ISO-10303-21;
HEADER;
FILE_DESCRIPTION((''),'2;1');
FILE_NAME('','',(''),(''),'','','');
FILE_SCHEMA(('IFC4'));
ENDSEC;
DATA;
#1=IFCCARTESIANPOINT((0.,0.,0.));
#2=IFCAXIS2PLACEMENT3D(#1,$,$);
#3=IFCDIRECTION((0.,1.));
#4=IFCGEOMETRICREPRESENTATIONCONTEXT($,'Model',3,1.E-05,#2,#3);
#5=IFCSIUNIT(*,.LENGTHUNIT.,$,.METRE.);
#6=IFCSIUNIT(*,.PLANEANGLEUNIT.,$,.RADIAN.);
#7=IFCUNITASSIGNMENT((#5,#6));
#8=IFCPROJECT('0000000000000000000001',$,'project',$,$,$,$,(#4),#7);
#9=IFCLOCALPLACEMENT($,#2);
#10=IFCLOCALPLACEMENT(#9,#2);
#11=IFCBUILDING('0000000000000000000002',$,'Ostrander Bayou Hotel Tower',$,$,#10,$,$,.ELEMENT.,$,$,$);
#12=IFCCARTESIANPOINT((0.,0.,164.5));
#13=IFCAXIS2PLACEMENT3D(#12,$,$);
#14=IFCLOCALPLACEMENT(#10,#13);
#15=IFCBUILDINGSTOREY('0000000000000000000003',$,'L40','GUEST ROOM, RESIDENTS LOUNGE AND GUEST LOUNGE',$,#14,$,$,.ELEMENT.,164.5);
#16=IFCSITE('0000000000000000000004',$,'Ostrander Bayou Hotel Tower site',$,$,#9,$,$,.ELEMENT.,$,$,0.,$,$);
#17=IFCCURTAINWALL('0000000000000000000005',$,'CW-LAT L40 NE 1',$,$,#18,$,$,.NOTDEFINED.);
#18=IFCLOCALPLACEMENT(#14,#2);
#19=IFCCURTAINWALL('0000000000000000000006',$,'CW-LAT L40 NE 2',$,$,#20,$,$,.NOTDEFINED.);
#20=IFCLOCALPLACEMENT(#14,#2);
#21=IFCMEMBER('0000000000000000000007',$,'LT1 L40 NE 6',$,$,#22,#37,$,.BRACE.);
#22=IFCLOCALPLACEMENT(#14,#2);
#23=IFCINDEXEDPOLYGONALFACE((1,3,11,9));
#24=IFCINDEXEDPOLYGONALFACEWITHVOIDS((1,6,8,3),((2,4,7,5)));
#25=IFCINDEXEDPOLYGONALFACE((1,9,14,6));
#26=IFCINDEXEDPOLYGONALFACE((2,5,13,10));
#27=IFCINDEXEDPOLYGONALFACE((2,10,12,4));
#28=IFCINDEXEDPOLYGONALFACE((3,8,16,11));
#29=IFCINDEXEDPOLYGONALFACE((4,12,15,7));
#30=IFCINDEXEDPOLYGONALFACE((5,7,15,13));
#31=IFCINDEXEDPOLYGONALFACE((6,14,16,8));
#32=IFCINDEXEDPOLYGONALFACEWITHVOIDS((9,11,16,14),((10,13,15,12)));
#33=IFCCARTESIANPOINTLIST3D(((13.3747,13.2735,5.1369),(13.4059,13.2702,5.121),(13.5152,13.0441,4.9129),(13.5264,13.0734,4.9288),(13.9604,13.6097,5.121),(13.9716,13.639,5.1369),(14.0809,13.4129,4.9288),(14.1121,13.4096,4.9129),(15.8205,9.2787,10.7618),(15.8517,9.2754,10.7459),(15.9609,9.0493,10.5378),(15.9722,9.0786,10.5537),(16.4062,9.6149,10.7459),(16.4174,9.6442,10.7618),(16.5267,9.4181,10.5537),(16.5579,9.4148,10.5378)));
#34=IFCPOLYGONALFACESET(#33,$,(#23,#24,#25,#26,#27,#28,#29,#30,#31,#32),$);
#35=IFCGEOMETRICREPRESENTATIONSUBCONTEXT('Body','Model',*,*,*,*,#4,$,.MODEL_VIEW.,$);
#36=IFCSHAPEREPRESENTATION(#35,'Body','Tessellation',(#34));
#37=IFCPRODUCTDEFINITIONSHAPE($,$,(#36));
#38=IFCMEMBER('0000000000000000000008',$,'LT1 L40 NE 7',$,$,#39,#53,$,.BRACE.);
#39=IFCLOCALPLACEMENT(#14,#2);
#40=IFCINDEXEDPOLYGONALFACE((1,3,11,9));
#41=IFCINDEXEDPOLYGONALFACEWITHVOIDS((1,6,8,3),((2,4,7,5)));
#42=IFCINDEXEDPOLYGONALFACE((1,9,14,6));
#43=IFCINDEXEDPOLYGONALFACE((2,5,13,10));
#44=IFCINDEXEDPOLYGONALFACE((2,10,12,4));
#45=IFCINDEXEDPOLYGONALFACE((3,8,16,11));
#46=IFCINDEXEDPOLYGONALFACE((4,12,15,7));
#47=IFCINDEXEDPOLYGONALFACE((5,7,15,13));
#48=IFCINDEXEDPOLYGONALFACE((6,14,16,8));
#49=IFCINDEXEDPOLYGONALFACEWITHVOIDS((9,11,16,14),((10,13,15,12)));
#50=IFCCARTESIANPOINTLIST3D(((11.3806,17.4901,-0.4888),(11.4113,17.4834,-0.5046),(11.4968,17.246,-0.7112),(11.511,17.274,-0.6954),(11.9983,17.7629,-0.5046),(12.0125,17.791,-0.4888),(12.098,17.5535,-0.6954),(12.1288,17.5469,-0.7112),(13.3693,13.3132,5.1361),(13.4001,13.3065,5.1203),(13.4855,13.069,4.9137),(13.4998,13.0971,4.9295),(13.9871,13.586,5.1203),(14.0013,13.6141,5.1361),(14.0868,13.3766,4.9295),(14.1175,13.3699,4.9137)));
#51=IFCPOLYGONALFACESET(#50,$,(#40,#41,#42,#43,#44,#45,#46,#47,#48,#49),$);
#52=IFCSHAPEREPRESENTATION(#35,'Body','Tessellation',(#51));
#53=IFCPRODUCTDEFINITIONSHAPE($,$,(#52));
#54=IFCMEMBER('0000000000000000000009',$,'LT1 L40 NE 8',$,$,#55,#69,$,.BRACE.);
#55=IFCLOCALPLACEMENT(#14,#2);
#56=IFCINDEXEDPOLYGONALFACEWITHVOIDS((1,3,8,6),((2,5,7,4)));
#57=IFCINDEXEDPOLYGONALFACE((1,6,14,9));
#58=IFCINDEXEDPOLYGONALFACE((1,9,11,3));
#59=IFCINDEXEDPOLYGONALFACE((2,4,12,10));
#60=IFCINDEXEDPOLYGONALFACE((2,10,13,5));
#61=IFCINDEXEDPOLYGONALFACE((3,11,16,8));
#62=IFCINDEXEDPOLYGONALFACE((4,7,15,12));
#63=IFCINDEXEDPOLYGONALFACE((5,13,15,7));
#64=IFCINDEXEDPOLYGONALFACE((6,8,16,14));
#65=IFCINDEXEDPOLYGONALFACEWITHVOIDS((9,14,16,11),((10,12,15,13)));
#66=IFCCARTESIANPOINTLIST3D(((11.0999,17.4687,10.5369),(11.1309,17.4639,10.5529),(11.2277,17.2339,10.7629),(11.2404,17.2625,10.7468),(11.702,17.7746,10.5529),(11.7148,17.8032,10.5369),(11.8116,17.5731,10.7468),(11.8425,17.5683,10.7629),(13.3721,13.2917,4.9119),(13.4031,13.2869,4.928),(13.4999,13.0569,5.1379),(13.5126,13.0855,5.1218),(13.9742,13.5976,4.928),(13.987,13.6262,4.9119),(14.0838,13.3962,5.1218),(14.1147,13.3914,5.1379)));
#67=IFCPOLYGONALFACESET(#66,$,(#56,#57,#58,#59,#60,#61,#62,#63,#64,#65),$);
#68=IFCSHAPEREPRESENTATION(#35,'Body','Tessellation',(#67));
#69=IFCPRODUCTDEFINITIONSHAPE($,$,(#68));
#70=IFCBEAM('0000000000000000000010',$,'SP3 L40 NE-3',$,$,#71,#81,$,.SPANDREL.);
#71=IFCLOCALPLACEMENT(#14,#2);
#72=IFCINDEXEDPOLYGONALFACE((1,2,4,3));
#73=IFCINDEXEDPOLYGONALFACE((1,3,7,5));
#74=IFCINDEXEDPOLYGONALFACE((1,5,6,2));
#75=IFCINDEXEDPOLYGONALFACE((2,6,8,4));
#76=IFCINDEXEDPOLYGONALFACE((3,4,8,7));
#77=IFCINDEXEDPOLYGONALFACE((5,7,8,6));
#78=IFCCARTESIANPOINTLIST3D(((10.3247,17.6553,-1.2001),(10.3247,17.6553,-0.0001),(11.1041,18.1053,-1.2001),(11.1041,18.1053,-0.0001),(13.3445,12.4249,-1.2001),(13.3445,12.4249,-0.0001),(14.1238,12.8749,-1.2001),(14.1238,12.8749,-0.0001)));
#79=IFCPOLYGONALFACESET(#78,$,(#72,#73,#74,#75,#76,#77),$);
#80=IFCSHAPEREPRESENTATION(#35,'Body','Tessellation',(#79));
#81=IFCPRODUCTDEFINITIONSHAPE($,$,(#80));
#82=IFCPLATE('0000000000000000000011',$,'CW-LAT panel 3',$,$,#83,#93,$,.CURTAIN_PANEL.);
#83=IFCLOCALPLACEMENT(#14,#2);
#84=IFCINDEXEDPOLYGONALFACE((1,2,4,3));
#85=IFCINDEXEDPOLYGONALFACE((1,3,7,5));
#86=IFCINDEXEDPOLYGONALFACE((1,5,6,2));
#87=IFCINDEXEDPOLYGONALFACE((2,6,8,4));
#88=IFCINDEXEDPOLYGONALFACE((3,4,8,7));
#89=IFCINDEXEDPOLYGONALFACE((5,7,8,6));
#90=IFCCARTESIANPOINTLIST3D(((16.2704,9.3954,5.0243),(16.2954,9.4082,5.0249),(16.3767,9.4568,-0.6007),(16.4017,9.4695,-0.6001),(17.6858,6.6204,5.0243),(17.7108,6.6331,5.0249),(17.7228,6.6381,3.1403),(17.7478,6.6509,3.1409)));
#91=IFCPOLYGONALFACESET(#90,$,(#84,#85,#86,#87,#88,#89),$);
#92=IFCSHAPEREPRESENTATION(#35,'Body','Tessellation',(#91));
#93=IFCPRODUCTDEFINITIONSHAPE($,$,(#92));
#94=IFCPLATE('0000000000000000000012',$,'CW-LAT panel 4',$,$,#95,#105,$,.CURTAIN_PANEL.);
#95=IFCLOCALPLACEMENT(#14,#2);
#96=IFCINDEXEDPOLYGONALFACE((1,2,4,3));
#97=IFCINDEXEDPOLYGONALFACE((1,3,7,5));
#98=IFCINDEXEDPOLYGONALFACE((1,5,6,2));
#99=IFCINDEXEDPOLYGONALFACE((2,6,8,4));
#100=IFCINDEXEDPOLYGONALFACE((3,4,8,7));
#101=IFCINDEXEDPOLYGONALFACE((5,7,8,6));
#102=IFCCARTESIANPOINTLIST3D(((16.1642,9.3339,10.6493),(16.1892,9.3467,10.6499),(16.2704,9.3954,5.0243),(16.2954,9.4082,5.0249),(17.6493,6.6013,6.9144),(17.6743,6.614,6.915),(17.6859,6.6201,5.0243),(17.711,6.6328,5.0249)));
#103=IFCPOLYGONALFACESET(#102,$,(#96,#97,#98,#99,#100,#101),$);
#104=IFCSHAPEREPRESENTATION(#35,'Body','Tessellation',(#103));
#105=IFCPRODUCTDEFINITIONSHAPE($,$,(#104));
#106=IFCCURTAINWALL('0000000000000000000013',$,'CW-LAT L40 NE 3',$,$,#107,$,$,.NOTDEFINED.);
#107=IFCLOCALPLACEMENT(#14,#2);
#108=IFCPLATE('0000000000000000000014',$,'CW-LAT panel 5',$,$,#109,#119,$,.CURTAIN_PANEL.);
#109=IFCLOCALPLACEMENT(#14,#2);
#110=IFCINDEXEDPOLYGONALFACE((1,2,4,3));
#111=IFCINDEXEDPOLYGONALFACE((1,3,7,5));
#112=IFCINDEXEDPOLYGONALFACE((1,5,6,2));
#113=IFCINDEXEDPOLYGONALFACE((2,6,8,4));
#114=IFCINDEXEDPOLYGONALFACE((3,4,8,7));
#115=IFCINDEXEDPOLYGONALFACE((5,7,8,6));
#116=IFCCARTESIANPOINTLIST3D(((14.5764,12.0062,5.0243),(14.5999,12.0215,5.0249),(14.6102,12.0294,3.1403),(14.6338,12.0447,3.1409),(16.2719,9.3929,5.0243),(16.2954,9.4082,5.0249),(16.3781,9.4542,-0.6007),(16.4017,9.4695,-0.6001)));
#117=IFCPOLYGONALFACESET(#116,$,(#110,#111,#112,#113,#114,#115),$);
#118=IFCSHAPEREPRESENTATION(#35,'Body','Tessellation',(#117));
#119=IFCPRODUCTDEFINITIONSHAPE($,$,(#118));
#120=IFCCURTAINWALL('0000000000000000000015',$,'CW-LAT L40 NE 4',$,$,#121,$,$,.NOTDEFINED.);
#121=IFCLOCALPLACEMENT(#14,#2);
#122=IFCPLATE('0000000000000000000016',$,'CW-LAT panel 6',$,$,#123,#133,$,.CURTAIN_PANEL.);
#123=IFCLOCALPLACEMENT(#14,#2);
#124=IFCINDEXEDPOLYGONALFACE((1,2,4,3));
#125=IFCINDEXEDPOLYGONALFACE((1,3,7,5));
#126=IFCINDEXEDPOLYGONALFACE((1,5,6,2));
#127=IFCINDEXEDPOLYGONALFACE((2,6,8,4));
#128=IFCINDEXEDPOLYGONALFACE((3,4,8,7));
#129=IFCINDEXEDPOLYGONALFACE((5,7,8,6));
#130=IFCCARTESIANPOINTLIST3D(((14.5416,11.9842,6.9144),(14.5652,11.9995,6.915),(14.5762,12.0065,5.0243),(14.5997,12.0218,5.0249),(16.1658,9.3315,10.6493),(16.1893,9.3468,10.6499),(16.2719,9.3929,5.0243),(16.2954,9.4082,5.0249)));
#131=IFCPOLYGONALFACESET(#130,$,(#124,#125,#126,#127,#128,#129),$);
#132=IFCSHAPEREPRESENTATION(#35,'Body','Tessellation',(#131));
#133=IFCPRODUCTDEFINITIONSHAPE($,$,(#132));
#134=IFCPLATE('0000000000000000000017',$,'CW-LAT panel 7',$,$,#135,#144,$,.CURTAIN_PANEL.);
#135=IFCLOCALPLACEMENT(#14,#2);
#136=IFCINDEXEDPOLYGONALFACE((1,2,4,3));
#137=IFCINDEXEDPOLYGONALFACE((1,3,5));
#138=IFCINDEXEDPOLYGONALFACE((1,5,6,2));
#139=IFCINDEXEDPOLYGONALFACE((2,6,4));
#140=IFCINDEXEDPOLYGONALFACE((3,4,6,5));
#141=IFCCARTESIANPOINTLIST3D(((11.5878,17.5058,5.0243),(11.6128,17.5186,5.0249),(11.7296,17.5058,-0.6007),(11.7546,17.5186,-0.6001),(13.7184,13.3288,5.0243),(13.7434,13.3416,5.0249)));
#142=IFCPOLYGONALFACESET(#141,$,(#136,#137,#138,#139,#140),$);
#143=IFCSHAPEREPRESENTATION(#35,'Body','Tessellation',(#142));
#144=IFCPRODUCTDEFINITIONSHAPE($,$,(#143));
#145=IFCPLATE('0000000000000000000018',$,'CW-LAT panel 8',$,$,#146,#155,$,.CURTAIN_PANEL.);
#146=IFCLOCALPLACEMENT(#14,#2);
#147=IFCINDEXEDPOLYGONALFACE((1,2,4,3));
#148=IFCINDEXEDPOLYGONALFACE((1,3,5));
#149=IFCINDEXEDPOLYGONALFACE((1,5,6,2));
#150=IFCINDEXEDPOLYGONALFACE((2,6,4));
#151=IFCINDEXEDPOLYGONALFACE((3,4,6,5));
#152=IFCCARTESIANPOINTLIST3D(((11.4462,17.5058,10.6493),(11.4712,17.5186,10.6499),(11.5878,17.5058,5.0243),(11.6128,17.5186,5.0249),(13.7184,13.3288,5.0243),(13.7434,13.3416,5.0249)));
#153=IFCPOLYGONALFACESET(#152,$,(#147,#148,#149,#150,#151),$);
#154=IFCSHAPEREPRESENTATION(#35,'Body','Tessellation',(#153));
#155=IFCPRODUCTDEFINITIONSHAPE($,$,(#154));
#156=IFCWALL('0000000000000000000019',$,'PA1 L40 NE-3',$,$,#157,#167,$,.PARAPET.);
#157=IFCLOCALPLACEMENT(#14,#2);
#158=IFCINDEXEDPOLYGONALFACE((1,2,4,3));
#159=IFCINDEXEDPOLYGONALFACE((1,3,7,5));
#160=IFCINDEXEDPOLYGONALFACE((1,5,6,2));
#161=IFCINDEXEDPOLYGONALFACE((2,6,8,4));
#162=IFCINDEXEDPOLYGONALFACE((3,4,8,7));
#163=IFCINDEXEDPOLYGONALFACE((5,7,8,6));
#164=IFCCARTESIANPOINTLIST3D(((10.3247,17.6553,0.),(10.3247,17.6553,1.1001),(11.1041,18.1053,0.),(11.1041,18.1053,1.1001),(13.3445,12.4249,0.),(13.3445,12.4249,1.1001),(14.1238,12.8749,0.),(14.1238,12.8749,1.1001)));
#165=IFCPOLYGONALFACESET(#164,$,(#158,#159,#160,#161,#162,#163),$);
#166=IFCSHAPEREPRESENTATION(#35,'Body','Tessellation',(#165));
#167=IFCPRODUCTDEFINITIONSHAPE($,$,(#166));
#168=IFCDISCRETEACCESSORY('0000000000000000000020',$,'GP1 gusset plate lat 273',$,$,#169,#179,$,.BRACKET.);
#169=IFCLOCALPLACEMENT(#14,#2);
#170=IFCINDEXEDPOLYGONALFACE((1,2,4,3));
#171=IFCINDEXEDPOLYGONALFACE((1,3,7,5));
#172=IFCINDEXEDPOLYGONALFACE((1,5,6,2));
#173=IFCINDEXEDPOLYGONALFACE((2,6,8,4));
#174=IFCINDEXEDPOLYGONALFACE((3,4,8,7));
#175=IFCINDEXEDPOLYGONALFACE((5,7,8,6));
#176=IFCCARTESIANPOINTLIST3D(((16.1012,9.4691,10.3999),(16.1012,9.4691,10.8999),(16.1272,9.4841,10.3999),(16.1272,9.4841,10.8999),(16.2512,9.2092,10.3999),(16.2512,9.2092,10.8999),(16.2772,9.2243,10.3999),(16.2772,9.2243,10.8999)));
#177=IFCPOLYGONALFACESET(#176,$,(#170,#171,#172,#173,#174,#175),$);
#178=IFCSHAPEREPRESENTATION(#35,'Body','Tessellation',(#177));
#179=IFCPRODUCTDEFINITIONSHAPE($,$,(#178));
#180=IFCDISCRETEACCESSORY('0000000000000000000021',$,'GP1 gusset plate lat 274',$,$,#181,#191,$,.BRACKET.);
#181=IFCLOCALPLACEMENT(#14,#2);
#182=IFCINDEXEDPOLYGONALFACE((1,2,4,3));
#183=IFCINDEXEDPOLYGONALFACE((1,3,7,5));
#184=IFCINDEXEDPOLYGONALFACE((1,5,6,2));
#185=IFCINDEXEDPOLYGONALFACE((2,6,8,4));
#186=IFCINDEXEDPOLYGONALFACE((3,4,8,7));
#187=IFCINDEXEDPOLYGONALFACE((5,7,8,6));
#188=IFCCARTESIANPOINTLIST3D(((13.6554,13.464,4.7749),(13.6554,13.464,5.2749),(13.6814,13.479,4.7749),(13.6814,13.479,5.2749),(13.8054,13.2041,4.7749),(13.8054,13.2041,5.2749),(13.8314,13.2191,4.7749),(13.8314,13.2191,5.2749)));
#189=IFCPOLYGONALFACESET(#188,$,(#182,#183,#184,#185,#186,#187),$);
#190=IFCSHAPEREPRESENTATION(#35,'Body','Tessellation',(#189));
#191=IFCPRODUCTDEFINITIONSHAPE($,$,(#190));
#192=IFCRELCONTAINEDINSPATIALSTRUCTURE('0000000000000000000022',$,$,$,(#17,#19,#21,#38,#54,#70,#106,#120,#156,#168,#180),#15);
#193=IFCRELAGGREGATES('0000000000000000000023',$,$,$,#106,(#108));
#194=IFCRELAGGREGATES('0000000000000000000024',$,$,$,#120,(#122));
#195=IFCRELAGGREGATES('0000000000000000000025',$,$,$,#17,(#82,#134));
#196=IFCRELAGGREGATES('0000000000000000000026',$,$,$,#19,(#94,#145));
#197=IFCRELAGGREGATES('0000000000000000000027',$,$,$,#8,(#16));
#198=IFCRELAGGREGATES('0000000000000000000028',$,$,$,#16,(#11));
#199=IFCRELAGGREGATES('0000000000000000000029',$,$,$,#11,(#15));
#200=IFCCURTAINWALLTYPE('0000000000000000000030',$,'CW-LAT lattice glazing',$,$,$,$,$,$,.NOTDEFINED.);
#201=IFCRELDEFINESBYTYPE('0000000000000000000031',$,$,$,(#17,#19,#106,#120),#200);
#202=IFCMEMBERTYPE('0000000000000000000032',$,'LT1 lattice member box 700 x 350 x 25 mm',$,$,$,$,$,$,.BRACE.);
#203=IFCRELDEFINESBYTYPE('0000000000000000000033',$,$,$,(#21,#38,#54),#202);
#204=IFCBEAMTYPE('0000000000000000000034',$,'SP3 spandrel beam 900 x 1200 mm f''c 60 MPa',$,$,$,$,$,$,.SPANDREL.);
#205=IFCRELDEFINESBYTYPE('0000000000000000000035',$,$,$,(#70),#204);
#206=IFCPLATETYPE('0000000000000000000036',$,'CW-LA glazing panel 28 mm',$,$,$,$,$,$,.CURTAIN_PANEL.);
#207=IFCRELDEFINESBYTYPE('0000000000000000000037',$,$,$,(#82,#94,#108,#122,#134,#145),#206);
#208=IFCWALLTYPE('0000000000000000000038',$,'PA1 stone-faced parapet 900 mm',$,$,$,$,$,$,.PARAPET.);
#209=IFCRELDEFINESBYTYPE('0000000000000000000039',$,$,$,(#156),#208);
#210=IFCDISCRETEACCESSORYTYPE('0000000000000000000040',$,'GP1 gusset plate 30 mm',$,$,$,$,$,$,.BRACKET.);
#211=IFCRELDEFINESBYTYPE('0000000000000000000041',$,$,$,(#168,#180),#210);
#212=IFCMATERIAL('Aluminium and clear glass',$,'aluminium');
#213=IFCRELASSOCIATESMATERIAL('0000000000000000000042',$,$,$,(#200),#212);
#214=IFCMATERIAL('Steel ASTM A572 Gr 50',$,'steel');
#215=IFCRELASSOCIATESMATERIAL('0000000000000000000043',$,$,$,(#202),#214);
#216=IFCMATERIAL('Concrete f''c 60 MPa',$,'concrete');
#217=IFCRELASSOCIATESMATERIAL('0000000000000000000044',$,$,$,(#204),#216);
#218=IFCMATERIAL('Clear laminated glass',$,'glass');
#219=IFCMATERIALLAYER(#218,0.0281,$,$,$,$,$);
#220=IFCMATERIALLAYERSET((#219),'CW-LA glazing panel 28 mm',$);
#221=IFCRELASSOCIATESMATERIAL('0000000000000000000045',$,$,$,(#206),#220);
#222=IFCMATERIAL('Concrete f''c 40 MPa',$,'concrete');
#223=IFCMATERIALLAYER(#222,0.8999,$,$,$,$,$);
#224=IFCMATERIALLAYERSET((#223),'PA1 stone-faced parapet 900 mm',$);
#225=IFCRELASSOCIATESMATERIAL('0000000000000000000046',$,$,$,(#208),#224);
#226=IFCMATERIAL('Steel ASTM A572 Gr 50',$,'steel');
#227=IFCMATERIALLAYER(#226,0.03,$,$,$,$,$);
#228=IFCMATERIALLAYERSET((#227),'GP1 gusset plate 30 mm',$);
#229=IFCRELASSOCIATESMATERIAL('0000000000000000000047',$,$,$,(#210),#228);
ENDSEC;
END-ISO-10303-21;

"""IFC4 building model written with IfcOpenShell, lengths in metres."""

from ifc_helpers import new_model, si_unit, direction, frame, frame_2d, origin, origin_2d, place, context, subcontext, project, spatial, polyline, rectangle, hollow_rectangle, outline, extrude, material, layer, layer_set, material_profile, profile_set, type_object, element, aggregate, save


model = new_model("IFC4")

# Units and contexts
model_context = context("Model", 3, precision=1e-05, world=origin(), true_north=direction((0.0, 1.0)))
body_context = subcontext(model_context, "Body", "Model", "MODEL_VIEW")
ifc_project = project(units=[si_unit("LENGTHUNIT", "METRE"), si_unit("PLANEANGLEUNIT", "RADIAN")], contexts=[model_context])

# Site, building, storey
site_placement = place(None, origin())
site = spatial("IfcSite", under=ifc_project, at=site_placement, Name="Ostrander Bayou Hotel Tower site", CompositionType="ELEMENT", RefElevation=0.0)
building_placement = place(site_placement, origin())
building = spatial("IfcBuilding", under=site, at=building_placement, Name="Ostrander Bayou Hotel Tower", CompositionType="ELEMENT")
storey_placement = place(building_placement, frame((0.0, 0.0, 164.5)))
storey = spatial("IfcBuildingStorey", under=building, at=storey_placement, Name="L40", Description="GUEST ROOM, RESIDENTS LOUNGE AND GUEST LOUNGE", CompositionType="ELEMENT", Elevation=164.5)

# Curtain walls
ifc_material_1 = material(Name="Aluminium and clear glass", Category="aluminium")
curtain_wall_type = type_object("IfcCurtainWallType", Name="CW-LAT lattice glazing", PredefinedType="NOTDEFINED", material=ifc_material_1)
curtain_wall_1_placement = place(storey_placement, origin())
curtain_wall_1 = element("IfcCurtainWall", 1, at=curtain_wall_1_placement, inside=storey, type_object=curtain_wall_type, Name="CW-LAT L40 NE 1", PredefinedType="NOTDEFINED")
curtain_wall_2_placement = place(storey_placement, origin())
curtain_wall_2 = element("IfcCurtainWall", 2, at=curtain_wall_2_placement, inside=storey, type_object=curtain_wall_type, Name="CW-LAT L40 NE 2", PredefinedType="NOTDEFINED")

# Members
ifc_material_2 = material(Name="Steel ASTM A572 Gr 50", Category="steel")
ifc_material_profile_1 = material_profile(ifc_material_2, hollow_rectangle(XDim=0.7, YDim=0.3501, WallThickness=0.0249, at=origin_2d()))
ifc_profile_set_1 = profile_set([ifc_material_profile_1], Name="Steel ASTM A572 Gr 50")
member_type_1 = type_object("IfcMemberType", Name="LT1 lattice member box 700 x 350 x 25 mm", PredefinedType="BRACE", material=ifc_profile_set_1)
member_1_placement = place(storey_placement, frame((13.7434, 13.3416, 5.0249), z_axis=(0.334128, -0.545752, 0.768449), x_axis=(0.852855, 0.522148, 0.0)))
element("IfcMember", 3, at=member_1_placement, inside=storey, type_object=member_type_1, Name="LT1 L40 NE 6", PredefinedType="BRACE", context=body_context, shape_type="SweptSolid", body=[
    extrude(hollow_rectangle(XDim=0.7, YDim=0.3501, WallThickness=0.0249, at=origin_2d()), origin(), (0.0, 0.0, 1.0), 7.3198),
])
member_2_placement = place(storey_placement, frame((13.7434, 13.3416, 5.0249), z_axis=(-0.273067, 0.573522, -0.772339), x_axis=(-0.902884, -0.429884, 0.0)))
element("IfcMember", 4, at=member_2_placement, inside=storey, type_object=member_type_1, Name="LT1 L40 NE 7", PredefinedType="BRACE", context=body_context, shape_type="SweptSolid", body=[
    extrude(hollow_rectangle(XDim=0.7, YDim=0.3501, WallThickness=0.0249, at=origin_2d()), origin(), (0.0, 0.0, 1.0), 7.283),
])
member_3_placement = place(storey_placement, frame((13.7434, 13.3416, 5.0249), z_axis=(-0.308494, 0.567102, 0.763693), x_axis=(-0.878439, -0.477855, 0.0)))
element("IfcMember", 5, at=member_3_placement, inside=storey, type_object=member_type_1, Name="LT1 L40 NE 8", PredefinedType="BRACE", context=body_context, shape_type="SweptSolid", body=[
    extrude(hollow_rectangle(XDim=0.7, YDim=0.3501, WallThickness=0.0249, at=origin_2d()), origin(), (0.0, 0.0, 1.0), 7.3655),
])

# Beam
ifc_material_3 = material(Name="Concrete f'c 60 MPa", Category="concrete")
ifc_material_profile_2 = material_profile(ifc_material_3, rectangle(XDim=0.8999, YDim=1.2, at=origin_2d()))
ifc_profile_set_2 = profile_set([ifc_material_profile_2], Name="Concrete f'c 60 MPa")
beam_type_1 = type_object("IfcBeamType", Name="SP3 spandrel beam 900 x 1200 mm f'c 60 MPa", PredefinedType="SPANDREL", material=ifc_profile_set_2)
beam_1_placement = place(storey_placement, frame((13.7341, 12.6499, -0.6001), z_axis=(-0.499995, 0.866028, 0.0), x_axis=(-0.866028, -0.499995, 0.0)))
element("IfcBeam", 6, at=beam_1_placement, inside=storey, type_object=beam_type_1, Name="SP3 L40 NE-3", PredefinedType="SPANDREL", context=body_context, shape_type="SweptSolid", body=[
    extrude(rectangle(XDim=0.8999, YDim=1.2, at=origin_2d()), origin(), (0.0, 0.0, 1.0), 6.0396),
])

# Plates
ifc_material_4 = material(Name="Clear laminated glass", Category="glass")
ifc_layer_1 = layer(ifc_material_4, 0.0281)
ifc_layer_set_1 = layer_set([ifc_layer_1], Name="CW-LA glazing panel 28 mm")
plate_type = type_object("IfcPlateType", Name="CW-LA glazing panel 28 mm", PredefinedType="CURTAIN_PANEL", material=ifc_layer_set_1)
plate_1_placement = place(storey_placement, frame((17.7478, 6.6509, 3.1409), z_axis=(0.890614, 0.454238, 0.021782), x_axis=(-0.276204, 0.578356, -0.767604)))
plate_1 = element("IfcPlate", 7, at=plate_1_placement, type_object=plate_type, Name="CW-LAT panel 3", PredefinedType="CURTAIN_PANEL", context=body_context, shape_type="SweptSolid", body=[
    extrude(outline(polyline([(0.0, 0.0), (4.8736, 0.0), (0.5497, 3.6), (-1.4462, 1.2082), (0.0, 0.0)])), origin(), (0.0, 0.0, -1.0), 0.0281),
])
plate_2_placement = place(storey_placement, frame((17.6743, 6.614, 6.915), z_axis=(0.890612, 0.454242, 0.021781), x_axis=(-0.305558, 0.562247, 0.768448)))
plate_2 = element("IfcPlate", 8, at=plate_2_placement, type_object=plate_type, Name="CW-LAT panel 4", PredefinedType="CURTAIN_PANEL", context=body_context, shape_type="SweptSolid", body=[
    extrude(outline(polyline([(0.0, 0.0), (4.8603, 0.0), (0.5399, -3.6042), (-1.4531, -1.2095), (0.0, 0.0)])), origin(), (0.0, 0.0, -1.0), 0.0281),
])

# Curtain walls, plates
curtain_wall_3_placement = place(storey_placement, origin())
curtain_wall_3 = element("IfcCurtainWall", 9, at=curtain_wall_3_placement, inside=storey, type_object=curtain_wall_type, Name="CW-LAT L40 NE 3", PredefinedType="NOTDEFINED")
plate_3_placement = place(storey_placement, frame((14.6338, 12.0447, 3.1409), z_axis=(0.838706, 0.544149, 0.021774), x_axis=(0.362747, -0.528394, -0.767603)))
plate_3 = element("IfcPlate", 10, at=plate_3_placement, type_object=plate_type, Name="CW-LAT panel 5", PredefinedType="CURTAIN_PANEL", context=body_context, shape_type="SweptSolid", body=[
    extrude(outline(polyline([(0.0, 0.0), (4.8736, 0.0), (0.5497, -3.5999), (-1.4462, -1.2082), (0.0, 0.0)])), origin(), (0.0, 0.0, -1.0), 0.0281),
])
aggregate(curtain_wall_3, [plate_3])
curtain_wall_4_placement = place(storey_placement, origin())
curtain_wall_4 = element("IfcCurtainWall", 11, at=curtain_wall_4_placement, inside=storey, type_object=curtain_wall_type, Name="CW-LAT L40 NE 4", PredefinedType="NOTDEFINED")
plate_4_placement = place(storey_placement, frame((14.5652, 11.9995, 6.915), z_axis=(0.838712, 0.54414, 0.021757), x_axis=(0.334157, -0.545779, 0.768417)))
plate_4 = element("IfcPlate", 12, at=plate_4_placement, type_object=plate_type, Name="CW-LAT panel 6", PredefinedType="CURTAIN_PANEL", context=body_context, shape_type="SweptSolid", body=[
    extrude(outline(polyline([(0.0, 0.0), (4.8605, 0.0), (0.54, 3.6041), (-1.453, 1.2095), (0.0, 0.0)])), origin(), (0.0, 0.0, -1.0), 0.0281),
])
aggregate(curtain_wall_4, [plate_4])

# Plates
plate_5_placement = place(storey_placement, frame((13.7434, 13.3416, 5.0249), z_axis=(0.890581, 0.45427, 0.022458), x_axis=(-0.273067, 0.573522, -0.772339)))
plate_5 = element("IfcPlate", 13, at=plate_5_placement, type_object=plate_type, Name="CW-LAT panel 7", PredefinedType="CURTAIN_PANEL", context=body_context, shape_type="SweptSolid", body=[
    extrude(outline(polyline([(0.0, 0.0), (7.2831, 0.0), (2.9774, 3.6224), (0.0, 0.0)])), origin(), (0.0, 0.0, -1.0), 0.0281),
])
aggregate(curtain_wall_1, [plate_1, plate_5])
plate_6_placement = place(storey_placement, frame((13.7434, 13.3416, 5.0249), z_axis=(0.890582, 0.45427, 0.022419), x_axis=(-0.308494, 0.567102, 0.763693)))
plate_6 = element("IfcPlate", 14, at=plate_6_placement, type_object=plate_type, Name="CW-LAT panel 8", PredefinedType="CURTAIN_PANEL", context=body_context, shape_type="SweptSolid", body=[
    extrude(outline(polyline([(0.0, 0.0), (7.3655, 0.0), (3.0261, -3.5819), (0.0, 0.0)])), origin(), (0.0, 0.0, -1.0), 0.0281),
])
aggregate(curtain_wall_2, [plate_2, plate_6])

# Wall
ifc_material_5 = material(Name="Concrete f'c 40 MPa", Category="concrete")
ifc_layer_2 = layer(ifc_material_5, 0.8999)
ifc_layer_set_2 = layer_set([ifc_layer_2], Name="PA1 stone-faced parapet 900 mm")
wall_type = type_object("IfcWallType", Name="PA1 stone-faced parapet 900 mm", PredefinedType="PARAPET", material=ifc_layer_set_2)
wall_placement = place(storey_placement, frame((13.7341, 12.6499, 0.0), z_axis=(0.0, 0.0, 1.0), x_axis=(-0.499995, 0.866028, 0.0)))
element("IfcWall", 15, at=wall_placement, inside=storey, type_object=wall_type, Name="PA1 L40 NE-3", PredefinedType="PARAPET", context=body_context, shape_type="SweptSolid", body=[
    extrude(rectangle(XDim=6.0396, YDim=0.8999, at=frame_2d((3.0198, 0.0))), origin(), (0.0, 0.0, 1.0), 1.1001),
])

# Discrete accessories
ifc_material_6 = material(Name="Steel ASTM A572 Gr 50", Category="steel")
ifc_layer_3 = layer(ifc_material_6, 0.03)
ifc_layer_set_3 = layer_set([ifc_layer_3], Name="GP1 gusset plate 30 mm")
discrete_accessory_type = type_object("IfcDiscreteAccessoryType", Name="GP1 gusset plate 30 mm", PredefinedType="BRACKET", material=ifc_layer_set_3)
for number, where, z_axis, x_axis, name in (
    (16, (16.1892, 9.3467, 10.3999), (0.0, 0.0, 1.0), (-0.5, 0.866025, 0.0), "GP1 gusset plate lat 273"),
    (17, (13.7434, 13.3416, 4.7749), (0.0, 0.0, 1.0), (-0.5, 0.866025, 0.0), "GP1 gusset plate lat 274"),
):
    element("IfcDiscreteAccessory", number, at=place(storey_placement, frame(where, z_axis=z_axis, x_axis=x_axis)), inside=storey, type_object=discrete_accessory_type, Name=name, PredefinedType="BRACKET", context=body_context, shape_type="SweptSolid", body=[
        extrude(rectangle(XDim=0.3, YDim=0.03, at=origin_2d()), origin(), (0.0, 0.0, 1.0), 0.5),
    ])

save(model, "model.ifc")
